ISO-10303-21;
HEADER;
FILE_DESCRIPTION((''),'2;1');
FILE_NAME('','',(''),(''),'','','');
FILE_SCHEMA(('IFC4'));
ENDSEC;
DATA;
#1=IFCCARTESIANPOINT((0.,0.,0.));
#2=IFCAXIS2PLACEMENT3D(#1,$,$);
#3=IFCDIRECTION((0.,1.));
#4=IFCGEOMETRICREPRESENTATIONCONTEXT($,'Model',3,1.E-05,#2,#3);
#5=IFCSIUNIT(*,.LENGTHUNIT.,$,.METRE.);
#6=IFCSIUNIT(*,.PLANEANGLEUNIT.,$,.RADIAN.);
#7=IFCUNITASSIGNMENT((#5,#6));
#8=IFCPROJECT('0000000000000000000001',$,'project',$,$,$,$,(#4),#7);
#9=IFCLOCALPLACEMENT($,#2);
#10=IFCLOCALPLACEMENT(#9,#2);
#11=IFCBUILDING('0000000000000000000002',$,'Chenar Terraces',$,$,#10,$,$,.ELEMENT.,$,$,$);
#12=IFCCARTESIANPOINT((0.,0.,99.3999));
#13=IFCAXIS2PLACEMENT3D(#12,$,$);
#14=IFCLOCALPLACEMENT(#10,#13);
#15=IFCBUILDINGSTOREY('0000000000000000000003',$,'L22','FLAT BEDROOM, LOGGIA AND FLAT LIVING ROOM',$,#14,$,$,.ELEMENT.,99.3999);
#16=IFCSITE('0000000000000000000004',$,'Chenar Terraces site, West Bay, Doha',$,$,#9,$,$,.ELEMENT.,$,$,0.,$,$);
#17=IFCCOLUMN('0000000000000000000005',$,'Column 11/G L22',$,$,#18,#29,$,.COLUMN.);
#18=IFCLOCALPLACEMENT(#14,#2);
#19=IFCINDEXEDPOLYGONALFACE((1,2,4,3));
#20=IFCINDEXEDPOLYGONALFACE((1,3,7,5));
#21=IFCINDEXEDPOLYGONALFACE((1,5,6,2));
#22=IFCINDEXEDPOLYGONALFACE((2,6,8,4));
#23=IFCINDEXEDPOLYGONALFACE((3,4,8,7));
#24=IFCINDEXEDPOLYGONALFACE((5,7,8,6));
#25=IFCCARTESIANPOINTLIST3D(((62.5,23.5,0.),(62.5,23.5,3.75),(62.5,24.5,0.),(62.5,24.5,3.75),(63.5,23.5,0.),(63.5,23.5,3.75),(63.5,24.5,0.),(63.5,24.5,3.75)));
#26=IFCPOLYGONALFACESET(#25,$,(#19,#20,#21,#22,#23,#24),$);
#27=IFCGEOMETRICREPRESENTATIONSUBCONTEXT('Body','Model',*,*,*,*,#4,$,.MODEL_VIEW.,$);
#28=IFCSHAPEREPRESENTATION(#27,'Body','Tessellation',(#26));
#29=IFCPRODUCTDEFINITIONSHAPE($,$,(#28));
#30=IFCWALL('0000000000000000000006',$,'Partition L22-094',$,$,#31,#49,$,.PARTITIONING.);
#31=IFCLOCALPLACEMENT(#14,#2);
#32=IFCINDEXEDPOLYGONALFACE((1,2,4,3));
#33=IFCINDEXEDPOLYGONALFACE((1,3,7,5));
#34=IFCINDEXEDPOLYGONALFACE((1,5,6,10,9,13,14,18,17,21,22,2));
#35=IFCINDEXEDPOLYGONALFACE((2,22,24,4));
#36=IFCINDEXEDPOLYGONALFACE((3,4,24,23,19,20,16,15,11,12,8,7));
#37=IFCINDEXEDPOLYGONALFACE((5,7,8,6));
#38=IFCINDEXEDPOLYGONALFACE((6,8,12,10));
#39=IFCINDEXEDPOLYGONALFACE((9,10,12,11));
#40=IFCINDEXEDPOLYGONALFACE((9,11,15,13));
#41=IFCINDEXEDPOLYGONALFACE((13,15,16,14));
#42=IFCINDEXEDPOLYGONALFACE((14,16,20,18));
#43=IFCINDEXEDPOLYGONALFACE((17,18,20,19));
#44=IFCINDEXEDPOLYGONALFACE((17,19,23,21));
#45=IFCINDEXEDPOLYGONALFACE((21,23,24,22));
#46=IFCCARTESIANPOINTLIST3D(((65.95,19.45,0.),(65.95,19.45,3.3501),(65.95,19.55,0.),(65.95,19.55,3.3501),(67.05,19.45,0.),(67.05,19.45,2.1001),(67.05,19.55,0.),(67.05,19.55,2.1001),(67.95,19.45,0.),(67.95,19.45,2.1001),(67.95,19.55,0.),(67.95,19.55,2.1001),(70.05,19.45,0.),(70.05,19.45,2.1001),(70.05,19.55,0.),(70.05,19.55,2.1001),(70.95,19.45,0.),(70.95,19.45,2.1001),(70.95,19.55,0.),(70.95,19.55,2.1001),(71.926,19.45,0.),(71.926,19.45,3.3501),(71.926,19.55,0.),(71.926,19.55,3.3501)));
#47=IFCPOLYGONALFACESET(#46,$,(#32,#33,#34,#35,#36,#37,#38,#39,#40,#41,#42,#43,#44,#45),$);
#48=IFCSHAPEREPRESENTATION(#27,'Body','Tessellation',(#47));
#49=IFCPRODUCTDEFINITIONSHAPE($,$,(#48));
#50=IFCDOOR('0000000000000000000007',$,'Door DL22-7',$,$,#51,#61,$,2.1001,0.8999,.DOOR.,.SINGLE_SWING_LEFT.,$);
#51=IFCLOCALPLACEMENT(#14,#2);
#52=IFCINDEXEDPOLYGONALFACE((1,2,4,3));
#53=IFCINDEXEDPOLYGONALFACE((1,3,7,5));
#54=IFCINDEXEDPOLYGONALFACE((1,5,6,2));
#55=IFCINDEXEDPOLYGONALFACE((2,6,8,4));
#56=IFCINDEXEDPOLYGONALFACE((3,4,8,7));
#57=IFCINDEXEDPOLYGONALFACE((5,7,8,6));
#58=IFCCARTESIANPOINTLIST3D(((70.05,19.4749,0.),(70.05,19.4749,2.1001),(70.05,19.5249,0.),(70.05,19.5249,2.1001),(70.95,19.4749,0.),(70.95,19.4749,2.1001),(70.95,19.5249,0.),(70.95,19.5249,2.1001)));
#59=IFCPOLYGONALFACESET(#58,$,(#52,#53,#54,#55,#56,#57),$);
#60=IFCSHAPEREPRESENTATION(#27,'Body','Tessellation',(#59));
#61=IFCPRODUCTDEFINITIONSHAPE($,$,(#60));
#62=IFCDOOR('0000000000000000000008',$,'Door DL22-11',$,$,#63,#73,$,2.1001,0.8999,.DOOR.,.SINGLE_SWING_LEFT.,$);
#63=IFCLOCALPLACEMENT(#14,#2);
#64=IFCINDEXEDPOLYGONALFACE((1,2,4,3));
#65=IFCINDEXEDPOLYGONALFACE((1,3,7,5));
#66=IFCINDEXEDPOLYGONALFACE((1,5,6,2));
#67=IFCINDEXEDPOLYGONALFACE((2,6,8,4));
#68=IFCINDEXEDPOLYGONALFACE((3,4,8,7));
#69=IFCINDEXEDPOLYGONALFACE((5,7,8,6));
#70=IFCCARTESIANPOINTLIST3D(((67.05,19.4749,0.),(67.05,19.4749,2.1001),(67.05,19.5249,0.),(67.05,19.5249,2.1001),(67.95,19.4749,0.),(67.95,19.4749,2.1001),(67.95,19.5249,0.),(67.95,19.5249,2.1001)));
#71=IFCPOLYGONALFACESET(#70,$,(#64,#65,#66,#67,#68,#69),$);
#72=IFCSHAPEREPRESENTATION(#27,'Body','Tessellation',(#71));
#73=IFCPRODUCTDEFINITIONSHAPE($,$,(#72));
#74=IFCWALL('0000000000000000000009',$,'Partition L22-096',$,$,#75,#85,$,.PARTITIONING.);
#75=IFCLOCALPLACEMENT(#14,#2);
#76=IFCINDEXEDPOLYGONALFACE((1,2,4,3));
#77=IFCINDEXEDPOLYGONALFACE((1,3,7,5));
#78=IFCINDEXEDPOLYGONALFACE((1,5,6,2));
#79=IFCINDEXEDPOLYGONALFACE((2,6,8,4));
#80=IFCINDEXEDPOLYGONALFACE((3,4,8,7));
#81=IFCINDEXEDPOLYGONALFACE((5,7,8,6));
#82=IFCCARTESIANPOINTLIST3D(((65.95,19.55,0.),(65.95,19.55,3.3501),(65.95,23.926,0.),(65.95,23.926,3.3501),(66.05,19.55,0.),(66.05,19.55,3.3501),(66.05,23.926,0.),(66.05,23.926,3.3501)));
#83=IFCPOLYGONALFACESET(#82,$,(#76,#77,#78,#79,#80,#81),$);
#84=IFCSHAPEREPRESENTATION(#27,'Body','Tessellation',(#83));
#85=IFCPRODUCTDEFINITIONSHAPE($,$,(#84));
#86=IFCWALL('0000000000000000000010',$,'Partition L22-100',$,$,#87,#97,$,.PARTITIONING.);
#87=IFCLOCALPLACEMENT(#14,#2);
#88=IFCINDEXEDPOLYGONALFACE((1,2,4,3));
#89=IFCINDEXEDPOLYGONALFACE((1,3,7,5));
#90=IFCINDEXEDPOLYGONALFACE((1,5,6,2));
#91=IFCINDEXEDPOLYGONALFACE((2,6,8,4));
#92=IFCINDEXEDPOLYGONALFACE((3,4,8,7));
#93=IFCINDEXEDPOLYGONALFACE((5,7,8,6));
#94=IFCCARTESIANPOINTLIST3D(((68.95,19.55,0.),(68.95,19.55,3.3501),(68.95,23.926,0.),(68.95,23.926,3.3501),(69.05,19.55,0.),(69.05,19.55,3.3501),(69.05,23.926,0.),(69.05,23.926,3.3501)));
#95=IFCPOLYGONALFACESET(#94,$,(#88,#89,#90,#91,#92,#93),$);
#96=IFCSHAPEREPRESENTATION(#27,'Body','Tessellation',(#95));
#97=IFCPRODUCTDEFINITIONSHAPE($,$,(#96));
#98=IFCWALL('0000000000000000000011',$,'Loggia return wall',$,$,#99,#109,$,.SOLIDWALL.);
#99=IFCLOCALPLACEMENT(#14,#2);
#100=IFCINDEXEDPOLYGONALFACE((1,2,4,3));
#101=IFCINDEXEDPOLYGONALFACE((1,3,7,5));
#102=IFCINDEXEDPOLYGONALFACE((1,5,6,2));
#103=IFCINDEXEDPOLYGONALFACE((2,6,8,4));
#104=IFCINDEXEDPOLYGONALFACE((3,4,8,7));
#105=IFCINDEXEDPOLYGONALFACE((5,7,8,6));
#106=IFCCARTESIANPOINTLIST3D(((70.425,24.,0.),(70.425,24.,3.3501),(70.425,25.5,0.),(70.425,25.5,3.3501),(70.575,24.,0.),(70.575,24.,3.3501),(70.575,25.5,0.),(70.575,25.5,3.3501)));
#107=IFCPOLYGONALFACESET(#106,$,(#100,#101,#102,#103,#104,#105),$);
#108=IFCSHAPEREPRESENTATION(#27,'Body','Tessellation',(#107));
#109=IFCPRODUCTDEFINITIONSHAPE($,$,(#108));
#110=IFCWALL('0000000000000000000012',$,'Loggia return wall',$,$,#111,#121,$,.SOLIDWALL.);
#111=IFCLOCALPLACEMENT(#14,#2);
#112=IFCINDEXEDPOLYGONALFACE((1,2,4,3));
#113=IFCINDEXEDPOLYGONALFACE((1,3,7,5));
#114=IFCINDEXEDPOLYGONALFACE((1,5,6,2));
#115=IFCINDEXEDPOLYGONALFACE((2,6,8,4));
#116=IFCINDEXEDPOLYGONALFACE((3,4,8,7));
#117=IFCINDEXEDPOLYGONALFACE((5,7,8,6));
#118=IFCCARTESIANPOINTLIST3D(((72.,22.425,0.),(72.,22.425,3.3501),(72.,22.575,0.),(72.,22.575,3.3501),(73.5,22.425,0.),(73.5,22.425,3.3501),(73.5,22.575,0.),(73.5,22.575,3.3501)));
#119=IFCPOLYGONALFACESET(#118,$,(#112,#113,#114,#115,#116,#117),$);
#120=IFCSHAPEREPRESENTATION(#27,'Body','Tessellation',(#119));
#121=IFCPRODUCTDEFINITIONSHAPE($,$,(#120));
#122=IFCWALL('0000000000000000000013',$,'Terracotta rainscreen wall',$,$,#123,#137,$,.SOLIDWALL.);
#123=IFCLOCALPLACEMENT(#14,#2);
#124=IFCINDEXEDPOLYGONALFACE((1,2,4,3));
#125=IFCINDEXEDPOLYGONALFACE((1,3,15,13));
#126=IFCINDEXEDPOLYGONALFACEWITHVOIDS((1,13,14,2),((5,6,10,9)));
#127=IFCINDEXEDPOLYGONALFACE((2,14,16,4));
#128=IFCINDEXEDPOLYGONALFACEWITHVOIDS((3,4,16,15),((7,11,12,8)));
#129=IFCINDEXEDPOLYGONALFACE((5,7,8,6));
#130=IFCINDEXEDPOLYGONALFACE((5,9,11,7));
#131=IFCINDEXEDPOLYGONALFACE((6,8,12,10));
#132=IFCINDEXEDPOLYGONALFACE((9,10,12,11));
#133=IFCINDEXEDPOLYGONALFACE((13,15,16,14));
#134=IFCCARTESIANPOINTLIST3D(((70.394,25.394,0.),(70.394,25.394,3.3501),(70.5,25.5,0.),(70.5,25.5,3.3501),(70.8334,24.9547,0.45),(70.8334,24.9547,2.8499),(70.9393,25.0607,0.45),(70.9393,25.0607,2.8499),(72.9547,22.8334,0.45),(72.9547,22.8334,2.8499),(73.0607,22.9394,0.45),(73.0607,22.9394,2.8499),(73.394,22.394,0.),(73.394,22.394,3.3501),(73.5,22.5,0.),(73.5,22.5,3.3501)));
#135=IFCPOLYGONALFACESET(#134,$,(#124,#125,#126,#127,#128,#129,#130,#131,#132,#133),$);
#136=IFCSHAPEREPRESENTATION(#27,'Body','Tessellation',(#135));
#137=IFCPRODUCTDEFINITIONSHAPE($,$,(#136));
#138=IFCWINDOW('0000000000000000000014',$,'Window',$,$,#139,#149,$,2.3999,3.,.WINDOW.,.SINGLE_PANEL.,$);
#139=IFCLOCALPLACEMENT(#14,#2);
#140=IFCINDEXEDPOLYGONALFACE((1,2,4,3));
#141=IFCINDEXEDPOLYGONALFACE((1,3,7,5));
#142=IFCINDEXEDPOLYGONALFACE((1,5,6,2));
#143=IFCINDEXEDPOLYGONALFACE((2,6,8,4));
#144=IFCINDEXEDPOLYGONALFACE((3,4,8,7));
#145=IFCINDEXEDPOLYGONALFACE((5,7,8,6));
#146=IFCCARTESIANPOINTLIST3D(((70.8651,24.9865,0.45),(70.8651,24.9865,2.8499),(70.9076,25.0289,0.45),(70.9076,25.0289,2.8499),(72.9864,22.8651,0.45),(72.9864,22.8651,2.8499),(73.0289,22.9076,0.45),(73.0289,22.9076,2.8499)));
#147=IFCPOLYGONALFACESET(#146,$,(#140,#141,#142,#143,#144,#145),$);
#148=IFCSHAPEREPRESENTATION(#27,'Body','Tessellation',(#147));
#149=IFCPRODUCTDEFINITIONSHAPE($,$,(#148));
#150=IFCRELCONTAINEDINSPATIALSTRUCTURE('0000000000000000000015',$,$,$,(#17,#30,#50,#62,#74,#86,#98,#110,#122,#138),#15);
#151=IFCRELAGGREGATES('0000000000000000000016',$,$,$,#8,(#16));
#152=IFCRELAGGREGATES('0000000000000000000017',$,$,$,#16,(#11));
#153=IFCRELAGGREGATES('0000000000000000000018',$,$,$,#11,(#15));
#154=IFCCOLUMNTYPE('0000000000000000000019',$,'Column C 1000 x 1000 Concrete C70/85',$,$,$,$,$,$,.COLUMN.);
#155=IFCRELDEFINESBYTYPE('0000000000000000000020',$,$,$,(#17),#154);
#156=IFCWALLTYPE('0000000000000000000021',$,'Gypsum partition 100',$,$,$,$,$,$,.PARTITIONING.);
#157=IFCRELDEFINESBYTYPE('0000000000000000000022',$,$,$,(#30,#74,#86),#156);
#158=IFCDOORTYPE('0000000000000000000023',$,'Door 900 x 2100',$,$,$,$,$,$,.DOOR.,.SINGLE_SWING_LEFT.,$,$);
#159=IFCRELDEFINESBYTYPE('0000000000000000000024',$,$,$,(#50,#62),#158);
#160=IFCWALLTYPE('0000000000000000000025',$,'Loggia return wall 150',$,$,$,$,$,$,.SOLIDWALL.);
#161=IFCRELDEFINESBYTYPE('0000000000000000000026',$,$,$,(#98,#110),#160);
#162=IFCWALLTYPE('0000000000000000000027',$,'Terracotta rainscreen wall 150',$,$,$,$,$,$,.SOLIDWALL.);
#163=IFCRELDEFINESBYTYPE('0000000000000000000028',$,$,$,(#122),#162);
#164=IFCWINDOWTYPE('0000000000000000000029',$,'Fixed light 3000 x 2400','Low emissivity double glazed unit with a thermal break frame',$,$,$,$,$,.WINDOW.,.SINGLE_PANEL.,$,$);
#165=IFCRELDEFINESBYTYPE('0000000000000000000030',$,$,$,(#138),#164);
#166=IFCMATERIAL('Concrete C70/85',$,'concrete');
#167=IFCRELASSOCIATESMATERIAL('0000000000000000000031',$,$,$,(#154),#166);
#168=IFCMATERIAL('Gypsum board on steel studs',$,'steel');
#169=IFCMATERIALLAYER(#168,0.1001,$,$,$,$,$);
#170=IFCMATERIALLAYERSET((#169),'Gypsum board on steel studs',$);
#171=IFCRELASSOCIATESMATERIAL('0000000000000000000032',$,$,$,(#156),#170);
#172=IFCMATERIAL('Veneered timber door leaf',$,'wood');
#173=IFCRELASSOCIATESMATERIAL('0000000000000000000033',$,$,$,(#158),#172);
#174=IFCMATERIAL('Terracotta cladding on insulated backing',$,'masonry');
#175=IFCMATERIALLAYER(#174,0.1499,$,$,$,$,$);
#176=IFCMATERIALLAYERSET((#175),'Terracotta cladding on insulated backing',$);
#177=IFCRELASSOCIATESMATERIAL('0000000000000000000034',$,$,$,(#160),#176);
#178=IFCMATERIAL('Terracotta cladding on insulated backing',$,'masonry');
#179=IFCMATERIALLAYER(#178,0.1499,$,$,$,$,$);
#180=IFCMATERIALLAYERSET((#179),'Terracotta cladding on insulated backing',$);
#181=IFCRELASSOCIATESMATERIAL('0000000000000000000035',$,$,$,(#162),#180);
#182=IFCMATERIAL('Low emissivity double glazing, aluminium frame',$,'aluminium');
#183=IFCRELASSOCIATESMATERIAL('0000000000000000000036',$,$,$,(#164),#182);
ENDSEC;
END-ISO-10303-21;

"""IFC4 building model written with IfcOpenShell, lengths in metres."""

from ifc_helpers import new_model, si_unit, direction, frame, frame_2d, origin, origin_2d, place, context, subcontext, project, spatial, rectangle, extrude, material, layer, layer_set, material_profile, profile_set, type_object, element, fill, save


model = new_model("IFC4")

# Units and contexts
model_context = context("Model", 3, precision=1e-05, world=origin(), true_north=direction((0.0, 1.0)))
body_context = subcontext(model_context, "Body", "Model", "MODEL_VIEW")
ifc_project = project(units=[si_unit("LENGTHUNIT", "METRE"), si_unit("PLANEANGLEUNIT", "RADIAN")], contexts=[model_context])

# Site, building, storey
site_placement = place(None, origin())
site = spatial("IfcSite", under=ifc_project, at=site_placement, Name="Chenar Terraces site, West Bay, Doha", CompositionType="ELEMENT", RefElevation=0.0)
building_placement = place(site_placement, origin())
building = spatial("IfcBuilding", under=site, at=building_placement, Name="Chenar Terraces", CompositionType="ELEMENT")
storey_placement = place(building_placement, frame((0.0, 0.0, 99.3999)))
storey = spatial("IfcBuildingStorey", under=building, at=storey_placement, Name="L22", Description="FLAT BEDROOM, LOGGIA AND FLAT LIVING ROOM", CompositionType="ELEMENT", Elevation=99.3999)

# Column
ifc_material_1 = material(Name="Concrete C70/85", Category="concrete")
ifc_material_profile_1 = material_profile(ifc_material_1, rectangle(XDim=1.0, YDim=1.0, at=origin_2d()), Name="C 1000 x 1000")
ifc_profile_set_1 = profile_set([ifc_material_profile_1], Name="Concrete C70/85")
column_type = type_object("IfcColumnType", Name="Column C 1000 x 1000 Concrete C70/85", PredefinedType="COLUMN", material=ifc_profile_set_1)
column_placement = place(storey_placement, frame((63.0, 24.0, 0.0), z_axis=(0.0, 0.0, 1.0), x_axis=(1.0, 0.0, 0.0)))
element("IfcColumn", 1, at=column_placement, inside=storey, type_object=column_type, Name="Column 11/G L22", PredefinedType="COLUMN", context=body_context, shape_type="SweptSolid", body=[
    extrude(rectangle(XDim=1.0, YDim=1.0, at=origin_2d()), origin(), (0.0, 0.0, 1.0), 3.75),
])

# Wall, openings, doors
ifc_material_2 = material(Name="Gypsum board on steel studs", Category="steel")
ifc_layer_1 = layer(ifc_material_2, 0.1001)
ifc_layer_set_1 = layer_set([ifc_layer_1], Name="Gypsum board on steel studs")
wall_type_1 = type_object("IfcWallType", Name="Gypsum partition 100", PredefinedType="PARTITIONING", material=ifc_layer_set_1)
wall_1_placement = place(storey_placement, frame((65.95, 19.5, 0.0), z_axis=(0.0, 0.0, 1.0), x_axis=(1.0, 0.0, 0.0)))
wall_1 = element("IfcWall", 2, at=wall_1_placement, inside=storey, type_object=wall_type_1, Name="Partition L22-094", PredefinedType="PARTITIONING", context=body_context, shape_type="SweptSolid", body=[
    extrude(rectangle(XDim=5.9761, YDim=0.1001, at=frame_2d((2.988, 0.0))), origin(), (0.0, 0.0, 1.0), 3.3501),
])
opening_1_placement = place(wall_1_placement, frame((4.1001, 0.0, 0.0)))
opening_1 = element("IfcOpeningElement", 3, at=opening_1_placement, cuts=wall_1, PredefinedType="OPENING", context=body_context, shape_type="SweptSolid", body=[
    extrude(rectangle(XDim=0.8999, YDim=2.1001, at=frame_2d((0.45, 1.05))), frame((0.0, 0.0601, 0.0), z_axis=(0.0, -1.0, 0.0), x_axis=(1.0, 0.0, 0.0)), (0.0, 0.0, 1.0), 0.1201),
])
opening_2_placement = place(wall_1_placement, frame((1.1001, 0.0, 0.0)))
opening_2 = element("IfcOpeningElement", 4, at=opening_2_placement, cuts=wall_1, PredefinedType="OPENING", context=body_context, shape_type="SweptSolid", body=[
    extrude(rectangle(XDim=0.8999, YDim=2.1001, at=frame_2d((0.45, 1.05))), frame((0.0, 0.0601, 0.0), z_axis=(0.0, -1.0, 0.0), x_axis=(1.0, 0.0, 0.0)), (0.0, 0.0, 1.0), 0.1201),
])
ifc_material_3 = material(Name="Veneered timber door leaf", Category="wood")
door_type_1 = type_object("IfcDoorType", Name="Door 900 x 2100", OperationType="SINGLE_SWING_LEFT", PredefinedType="DOOR", material=ifc_material_3)
door_1_placement = place(opening_1_placement, origin())
door_1 = element("IfcDoor", 5, at=door_1_placement, inside=storey, type_object=door_type_1, Name="Door DL22-7", OperationType="SINGLE_SWING_LEFT", OverallHeight=2.1001, OverallWidth=0.8999, PredefinedType="DOOR", context=body_context, shape_type="SweptSolid", body=[
    extrude(rectangle(XDim=0.8999, YDim=2.1001, at=frame_2d((0.45, 1.05))), frame((0.0, 0.0249, 0.0), z_axis=(0.0, -1.0, 0.0), x_axis=(1.0, 0.0, 0.0)), (0.0, 0.0, 1.0), 0.05),
])
fill(opening_1, door_1)
door_2_placement = place(opening_2_placement, origin())
door_2 = element("IfcDoor", 6, at=door_2_placement, inside=storey, type_object=door_type_1, Name="Door DL22-11", OperationType="SINGLE_SWING_LEFT", OverallHeight=2.1001, OverallWidth=0.8999, PredefinedType="DOOR", context=body_context, shape_type="SweptSolid", body=[
    extrude(rectangle(XDim=0.8999, YDim=2.1001, at=frame_2d((0.45, 1.05))), frame((0.0, 0.0249, 0.0), z_axis=(0.0, -1.0, 0.0), x_axis=(1.0, 0.0, 0.0)), (0.0, 0.0, 1.0), 0.05),
])
fill(opening_2, door_2)

# Walls
for number, where, z_axis, x_axis, name in (
    (7, (66.0, 19.55, 0.0), (0.0, 0.0, 1.0), (0.0, 1.0, 0.0), "Partition L22-096"),
    (8, (69.0, 19.55, 0.0), (0.0, 0.0, 1.0), (0.0, 1.0, 0.0), "Partition L22-100"),
):
    element("IfcWall", number, at=place(storey_placement, frame(where, z_axis=z_axis, x_axis=x_axis)), inside=storey, type_object=wall_type_1, Name=name, PredefinedType="PARTITIONING", context=body_context, shape_type="SweptSolid", body=[
        extrude(rectangle(XDim=4.376, YDim=0.1001, at=frame_2d((2.188, 0.0))), origin(), (0.0, 0.0, 1.0), 3.3501),
    ])
ifc_material_4 = material(Name="Terracotta cladding on insulated backing", Category="masonry")
ifc_layer_2 = layer(ifc_material_4, 0.1499)
ifc_layer_set_2 = layer_set([ifc_layer_2], Name="Terracotta cladding on insulated backing")
wall_type_2 = type_object("IfcWallType", Name="Loggia return wall 150", PredefinedType="SOLIDWALL", material=ifc_layer_set_2)
for number, where, z_axis, x_axis, name in (
    (9, (70.5, 25.5, 0.0), (0.0, 0.0, 1.0), (0.0, -1.0, 0.0), "Loggia return wall"),
    (10, (73.5, 22.5, 0.0), (0.0, 0.0, 1.0), (-1.0, 0.0, 0.0), "Loggia return wall"),
):
    element("IfcWall", number, at=place(storey_placement, frame(where, z_axis=z_axis, x_axis=x_axis)), inside=storey, type_object=wall_type_2, Name=name, PredefinedType="SOLIDWALL", context=body_context, shape_type="SweptSolid", body=[
        extrude(rectangle(XDim=1.5, YDim=0.1499, at=frame_2d((0.75, 0.0))), origin(), (0.0, 0.0, 1.0), 3.3501),
    ])

# Wall, opening, window
ifc_material_5 = material(Name="Terracotta cladding on insulated backing", Category="masonry")
ifc_layer_3 = layer(ifc_material_5, 0.1499)
ifc_layer_set_3 = layer_set([ifc_layer_3], Name="Terracotta cladding on insulated backing")
wall_type_3 = type_object("IfcWallType", Name="Terracotta rainscreen wall 150", PredefinedType="SOLIDWALL", material=ifc_layer_set_3)
wall_2_placement = place(storey_placement, frame((73.447, 22.447, 0.0), z_axis=(0.0, 0.0, 1.0), x_axis=(-0.707107, 0.707107, 0.0)))
wall_2 = element("IfcWall", 11, at=wall_2_placement, inside=storey, type_object=wall_type_3, Name="Terracotta rainscreen wall", PredefinedType="SOLIDWALL", context=body_context, shape_type="SweptSolid", body=[
    extrude(rectangle(XDim=4.2427, YDim=0.1499, at=frame_2d((2.1213, 0.0))), origin(), (0.0, 0.0, 1.0), 3.3501),
])
opening_3_placement = place(wall_2_placement, frame((0.6213, 0.0, 0.45)))
opening_3 = element("IfcOpeningElement", 12, at=opening_3_placement, cuts=wall_2, PredefinedType="OPENING", context=body_context, shape_type="SweptSolid", body=[
    extrude(rectangle(XDim=3.0, YDim=2.3999, at=frame_2d((1.5, 1.2))), frame((0.0, 0.085, 0.0), z_axis=(0.0, -1.0, 0.0), x_axis=(1.0, 0.0, 0.0)), (0.0, 0.0, 1.0), 0.1699),
])
ifc_material_6 = material(Name="Low emissivity double glazing, aluminium frame", Category="aluminium")
window_type_1 = type_object("IfcWindowType", Name="Fixed light 3000 x 2400", Description="Low emissivity double glazed unit with a thermal break frame", PartitioningType="SINGLE_PANEL", PredefinedType="WINDOW", material=ifc_material_6)
window_1_placement = place(opening_3_placement, origin())
window_1 = element("IfcWindow", 13, at=window_1_placement, inside=storey, type_object=window_type_1, Name="Window", OverallHeight=2.3999, OverallWidth=3.0, PartitioningType="SINGLE_PANEL", PredefinedType="WINDOW", context=body_context, shape_type="SweptSolid", body=[
    extrude(rectangle(XDim=3.0, YDim=2.3999, at=frame_2d((1.5, 1.2))), frame((0.0, 0.03, 0.0), z_axis=(0.0, -1.0, 0.0), x_axis=(1.0, 0.0, 0.0)), (0.0, 0.0, 1.0), 0.0601),
])
fill(opening_3, window_1)

save(model, "model.ifc")
